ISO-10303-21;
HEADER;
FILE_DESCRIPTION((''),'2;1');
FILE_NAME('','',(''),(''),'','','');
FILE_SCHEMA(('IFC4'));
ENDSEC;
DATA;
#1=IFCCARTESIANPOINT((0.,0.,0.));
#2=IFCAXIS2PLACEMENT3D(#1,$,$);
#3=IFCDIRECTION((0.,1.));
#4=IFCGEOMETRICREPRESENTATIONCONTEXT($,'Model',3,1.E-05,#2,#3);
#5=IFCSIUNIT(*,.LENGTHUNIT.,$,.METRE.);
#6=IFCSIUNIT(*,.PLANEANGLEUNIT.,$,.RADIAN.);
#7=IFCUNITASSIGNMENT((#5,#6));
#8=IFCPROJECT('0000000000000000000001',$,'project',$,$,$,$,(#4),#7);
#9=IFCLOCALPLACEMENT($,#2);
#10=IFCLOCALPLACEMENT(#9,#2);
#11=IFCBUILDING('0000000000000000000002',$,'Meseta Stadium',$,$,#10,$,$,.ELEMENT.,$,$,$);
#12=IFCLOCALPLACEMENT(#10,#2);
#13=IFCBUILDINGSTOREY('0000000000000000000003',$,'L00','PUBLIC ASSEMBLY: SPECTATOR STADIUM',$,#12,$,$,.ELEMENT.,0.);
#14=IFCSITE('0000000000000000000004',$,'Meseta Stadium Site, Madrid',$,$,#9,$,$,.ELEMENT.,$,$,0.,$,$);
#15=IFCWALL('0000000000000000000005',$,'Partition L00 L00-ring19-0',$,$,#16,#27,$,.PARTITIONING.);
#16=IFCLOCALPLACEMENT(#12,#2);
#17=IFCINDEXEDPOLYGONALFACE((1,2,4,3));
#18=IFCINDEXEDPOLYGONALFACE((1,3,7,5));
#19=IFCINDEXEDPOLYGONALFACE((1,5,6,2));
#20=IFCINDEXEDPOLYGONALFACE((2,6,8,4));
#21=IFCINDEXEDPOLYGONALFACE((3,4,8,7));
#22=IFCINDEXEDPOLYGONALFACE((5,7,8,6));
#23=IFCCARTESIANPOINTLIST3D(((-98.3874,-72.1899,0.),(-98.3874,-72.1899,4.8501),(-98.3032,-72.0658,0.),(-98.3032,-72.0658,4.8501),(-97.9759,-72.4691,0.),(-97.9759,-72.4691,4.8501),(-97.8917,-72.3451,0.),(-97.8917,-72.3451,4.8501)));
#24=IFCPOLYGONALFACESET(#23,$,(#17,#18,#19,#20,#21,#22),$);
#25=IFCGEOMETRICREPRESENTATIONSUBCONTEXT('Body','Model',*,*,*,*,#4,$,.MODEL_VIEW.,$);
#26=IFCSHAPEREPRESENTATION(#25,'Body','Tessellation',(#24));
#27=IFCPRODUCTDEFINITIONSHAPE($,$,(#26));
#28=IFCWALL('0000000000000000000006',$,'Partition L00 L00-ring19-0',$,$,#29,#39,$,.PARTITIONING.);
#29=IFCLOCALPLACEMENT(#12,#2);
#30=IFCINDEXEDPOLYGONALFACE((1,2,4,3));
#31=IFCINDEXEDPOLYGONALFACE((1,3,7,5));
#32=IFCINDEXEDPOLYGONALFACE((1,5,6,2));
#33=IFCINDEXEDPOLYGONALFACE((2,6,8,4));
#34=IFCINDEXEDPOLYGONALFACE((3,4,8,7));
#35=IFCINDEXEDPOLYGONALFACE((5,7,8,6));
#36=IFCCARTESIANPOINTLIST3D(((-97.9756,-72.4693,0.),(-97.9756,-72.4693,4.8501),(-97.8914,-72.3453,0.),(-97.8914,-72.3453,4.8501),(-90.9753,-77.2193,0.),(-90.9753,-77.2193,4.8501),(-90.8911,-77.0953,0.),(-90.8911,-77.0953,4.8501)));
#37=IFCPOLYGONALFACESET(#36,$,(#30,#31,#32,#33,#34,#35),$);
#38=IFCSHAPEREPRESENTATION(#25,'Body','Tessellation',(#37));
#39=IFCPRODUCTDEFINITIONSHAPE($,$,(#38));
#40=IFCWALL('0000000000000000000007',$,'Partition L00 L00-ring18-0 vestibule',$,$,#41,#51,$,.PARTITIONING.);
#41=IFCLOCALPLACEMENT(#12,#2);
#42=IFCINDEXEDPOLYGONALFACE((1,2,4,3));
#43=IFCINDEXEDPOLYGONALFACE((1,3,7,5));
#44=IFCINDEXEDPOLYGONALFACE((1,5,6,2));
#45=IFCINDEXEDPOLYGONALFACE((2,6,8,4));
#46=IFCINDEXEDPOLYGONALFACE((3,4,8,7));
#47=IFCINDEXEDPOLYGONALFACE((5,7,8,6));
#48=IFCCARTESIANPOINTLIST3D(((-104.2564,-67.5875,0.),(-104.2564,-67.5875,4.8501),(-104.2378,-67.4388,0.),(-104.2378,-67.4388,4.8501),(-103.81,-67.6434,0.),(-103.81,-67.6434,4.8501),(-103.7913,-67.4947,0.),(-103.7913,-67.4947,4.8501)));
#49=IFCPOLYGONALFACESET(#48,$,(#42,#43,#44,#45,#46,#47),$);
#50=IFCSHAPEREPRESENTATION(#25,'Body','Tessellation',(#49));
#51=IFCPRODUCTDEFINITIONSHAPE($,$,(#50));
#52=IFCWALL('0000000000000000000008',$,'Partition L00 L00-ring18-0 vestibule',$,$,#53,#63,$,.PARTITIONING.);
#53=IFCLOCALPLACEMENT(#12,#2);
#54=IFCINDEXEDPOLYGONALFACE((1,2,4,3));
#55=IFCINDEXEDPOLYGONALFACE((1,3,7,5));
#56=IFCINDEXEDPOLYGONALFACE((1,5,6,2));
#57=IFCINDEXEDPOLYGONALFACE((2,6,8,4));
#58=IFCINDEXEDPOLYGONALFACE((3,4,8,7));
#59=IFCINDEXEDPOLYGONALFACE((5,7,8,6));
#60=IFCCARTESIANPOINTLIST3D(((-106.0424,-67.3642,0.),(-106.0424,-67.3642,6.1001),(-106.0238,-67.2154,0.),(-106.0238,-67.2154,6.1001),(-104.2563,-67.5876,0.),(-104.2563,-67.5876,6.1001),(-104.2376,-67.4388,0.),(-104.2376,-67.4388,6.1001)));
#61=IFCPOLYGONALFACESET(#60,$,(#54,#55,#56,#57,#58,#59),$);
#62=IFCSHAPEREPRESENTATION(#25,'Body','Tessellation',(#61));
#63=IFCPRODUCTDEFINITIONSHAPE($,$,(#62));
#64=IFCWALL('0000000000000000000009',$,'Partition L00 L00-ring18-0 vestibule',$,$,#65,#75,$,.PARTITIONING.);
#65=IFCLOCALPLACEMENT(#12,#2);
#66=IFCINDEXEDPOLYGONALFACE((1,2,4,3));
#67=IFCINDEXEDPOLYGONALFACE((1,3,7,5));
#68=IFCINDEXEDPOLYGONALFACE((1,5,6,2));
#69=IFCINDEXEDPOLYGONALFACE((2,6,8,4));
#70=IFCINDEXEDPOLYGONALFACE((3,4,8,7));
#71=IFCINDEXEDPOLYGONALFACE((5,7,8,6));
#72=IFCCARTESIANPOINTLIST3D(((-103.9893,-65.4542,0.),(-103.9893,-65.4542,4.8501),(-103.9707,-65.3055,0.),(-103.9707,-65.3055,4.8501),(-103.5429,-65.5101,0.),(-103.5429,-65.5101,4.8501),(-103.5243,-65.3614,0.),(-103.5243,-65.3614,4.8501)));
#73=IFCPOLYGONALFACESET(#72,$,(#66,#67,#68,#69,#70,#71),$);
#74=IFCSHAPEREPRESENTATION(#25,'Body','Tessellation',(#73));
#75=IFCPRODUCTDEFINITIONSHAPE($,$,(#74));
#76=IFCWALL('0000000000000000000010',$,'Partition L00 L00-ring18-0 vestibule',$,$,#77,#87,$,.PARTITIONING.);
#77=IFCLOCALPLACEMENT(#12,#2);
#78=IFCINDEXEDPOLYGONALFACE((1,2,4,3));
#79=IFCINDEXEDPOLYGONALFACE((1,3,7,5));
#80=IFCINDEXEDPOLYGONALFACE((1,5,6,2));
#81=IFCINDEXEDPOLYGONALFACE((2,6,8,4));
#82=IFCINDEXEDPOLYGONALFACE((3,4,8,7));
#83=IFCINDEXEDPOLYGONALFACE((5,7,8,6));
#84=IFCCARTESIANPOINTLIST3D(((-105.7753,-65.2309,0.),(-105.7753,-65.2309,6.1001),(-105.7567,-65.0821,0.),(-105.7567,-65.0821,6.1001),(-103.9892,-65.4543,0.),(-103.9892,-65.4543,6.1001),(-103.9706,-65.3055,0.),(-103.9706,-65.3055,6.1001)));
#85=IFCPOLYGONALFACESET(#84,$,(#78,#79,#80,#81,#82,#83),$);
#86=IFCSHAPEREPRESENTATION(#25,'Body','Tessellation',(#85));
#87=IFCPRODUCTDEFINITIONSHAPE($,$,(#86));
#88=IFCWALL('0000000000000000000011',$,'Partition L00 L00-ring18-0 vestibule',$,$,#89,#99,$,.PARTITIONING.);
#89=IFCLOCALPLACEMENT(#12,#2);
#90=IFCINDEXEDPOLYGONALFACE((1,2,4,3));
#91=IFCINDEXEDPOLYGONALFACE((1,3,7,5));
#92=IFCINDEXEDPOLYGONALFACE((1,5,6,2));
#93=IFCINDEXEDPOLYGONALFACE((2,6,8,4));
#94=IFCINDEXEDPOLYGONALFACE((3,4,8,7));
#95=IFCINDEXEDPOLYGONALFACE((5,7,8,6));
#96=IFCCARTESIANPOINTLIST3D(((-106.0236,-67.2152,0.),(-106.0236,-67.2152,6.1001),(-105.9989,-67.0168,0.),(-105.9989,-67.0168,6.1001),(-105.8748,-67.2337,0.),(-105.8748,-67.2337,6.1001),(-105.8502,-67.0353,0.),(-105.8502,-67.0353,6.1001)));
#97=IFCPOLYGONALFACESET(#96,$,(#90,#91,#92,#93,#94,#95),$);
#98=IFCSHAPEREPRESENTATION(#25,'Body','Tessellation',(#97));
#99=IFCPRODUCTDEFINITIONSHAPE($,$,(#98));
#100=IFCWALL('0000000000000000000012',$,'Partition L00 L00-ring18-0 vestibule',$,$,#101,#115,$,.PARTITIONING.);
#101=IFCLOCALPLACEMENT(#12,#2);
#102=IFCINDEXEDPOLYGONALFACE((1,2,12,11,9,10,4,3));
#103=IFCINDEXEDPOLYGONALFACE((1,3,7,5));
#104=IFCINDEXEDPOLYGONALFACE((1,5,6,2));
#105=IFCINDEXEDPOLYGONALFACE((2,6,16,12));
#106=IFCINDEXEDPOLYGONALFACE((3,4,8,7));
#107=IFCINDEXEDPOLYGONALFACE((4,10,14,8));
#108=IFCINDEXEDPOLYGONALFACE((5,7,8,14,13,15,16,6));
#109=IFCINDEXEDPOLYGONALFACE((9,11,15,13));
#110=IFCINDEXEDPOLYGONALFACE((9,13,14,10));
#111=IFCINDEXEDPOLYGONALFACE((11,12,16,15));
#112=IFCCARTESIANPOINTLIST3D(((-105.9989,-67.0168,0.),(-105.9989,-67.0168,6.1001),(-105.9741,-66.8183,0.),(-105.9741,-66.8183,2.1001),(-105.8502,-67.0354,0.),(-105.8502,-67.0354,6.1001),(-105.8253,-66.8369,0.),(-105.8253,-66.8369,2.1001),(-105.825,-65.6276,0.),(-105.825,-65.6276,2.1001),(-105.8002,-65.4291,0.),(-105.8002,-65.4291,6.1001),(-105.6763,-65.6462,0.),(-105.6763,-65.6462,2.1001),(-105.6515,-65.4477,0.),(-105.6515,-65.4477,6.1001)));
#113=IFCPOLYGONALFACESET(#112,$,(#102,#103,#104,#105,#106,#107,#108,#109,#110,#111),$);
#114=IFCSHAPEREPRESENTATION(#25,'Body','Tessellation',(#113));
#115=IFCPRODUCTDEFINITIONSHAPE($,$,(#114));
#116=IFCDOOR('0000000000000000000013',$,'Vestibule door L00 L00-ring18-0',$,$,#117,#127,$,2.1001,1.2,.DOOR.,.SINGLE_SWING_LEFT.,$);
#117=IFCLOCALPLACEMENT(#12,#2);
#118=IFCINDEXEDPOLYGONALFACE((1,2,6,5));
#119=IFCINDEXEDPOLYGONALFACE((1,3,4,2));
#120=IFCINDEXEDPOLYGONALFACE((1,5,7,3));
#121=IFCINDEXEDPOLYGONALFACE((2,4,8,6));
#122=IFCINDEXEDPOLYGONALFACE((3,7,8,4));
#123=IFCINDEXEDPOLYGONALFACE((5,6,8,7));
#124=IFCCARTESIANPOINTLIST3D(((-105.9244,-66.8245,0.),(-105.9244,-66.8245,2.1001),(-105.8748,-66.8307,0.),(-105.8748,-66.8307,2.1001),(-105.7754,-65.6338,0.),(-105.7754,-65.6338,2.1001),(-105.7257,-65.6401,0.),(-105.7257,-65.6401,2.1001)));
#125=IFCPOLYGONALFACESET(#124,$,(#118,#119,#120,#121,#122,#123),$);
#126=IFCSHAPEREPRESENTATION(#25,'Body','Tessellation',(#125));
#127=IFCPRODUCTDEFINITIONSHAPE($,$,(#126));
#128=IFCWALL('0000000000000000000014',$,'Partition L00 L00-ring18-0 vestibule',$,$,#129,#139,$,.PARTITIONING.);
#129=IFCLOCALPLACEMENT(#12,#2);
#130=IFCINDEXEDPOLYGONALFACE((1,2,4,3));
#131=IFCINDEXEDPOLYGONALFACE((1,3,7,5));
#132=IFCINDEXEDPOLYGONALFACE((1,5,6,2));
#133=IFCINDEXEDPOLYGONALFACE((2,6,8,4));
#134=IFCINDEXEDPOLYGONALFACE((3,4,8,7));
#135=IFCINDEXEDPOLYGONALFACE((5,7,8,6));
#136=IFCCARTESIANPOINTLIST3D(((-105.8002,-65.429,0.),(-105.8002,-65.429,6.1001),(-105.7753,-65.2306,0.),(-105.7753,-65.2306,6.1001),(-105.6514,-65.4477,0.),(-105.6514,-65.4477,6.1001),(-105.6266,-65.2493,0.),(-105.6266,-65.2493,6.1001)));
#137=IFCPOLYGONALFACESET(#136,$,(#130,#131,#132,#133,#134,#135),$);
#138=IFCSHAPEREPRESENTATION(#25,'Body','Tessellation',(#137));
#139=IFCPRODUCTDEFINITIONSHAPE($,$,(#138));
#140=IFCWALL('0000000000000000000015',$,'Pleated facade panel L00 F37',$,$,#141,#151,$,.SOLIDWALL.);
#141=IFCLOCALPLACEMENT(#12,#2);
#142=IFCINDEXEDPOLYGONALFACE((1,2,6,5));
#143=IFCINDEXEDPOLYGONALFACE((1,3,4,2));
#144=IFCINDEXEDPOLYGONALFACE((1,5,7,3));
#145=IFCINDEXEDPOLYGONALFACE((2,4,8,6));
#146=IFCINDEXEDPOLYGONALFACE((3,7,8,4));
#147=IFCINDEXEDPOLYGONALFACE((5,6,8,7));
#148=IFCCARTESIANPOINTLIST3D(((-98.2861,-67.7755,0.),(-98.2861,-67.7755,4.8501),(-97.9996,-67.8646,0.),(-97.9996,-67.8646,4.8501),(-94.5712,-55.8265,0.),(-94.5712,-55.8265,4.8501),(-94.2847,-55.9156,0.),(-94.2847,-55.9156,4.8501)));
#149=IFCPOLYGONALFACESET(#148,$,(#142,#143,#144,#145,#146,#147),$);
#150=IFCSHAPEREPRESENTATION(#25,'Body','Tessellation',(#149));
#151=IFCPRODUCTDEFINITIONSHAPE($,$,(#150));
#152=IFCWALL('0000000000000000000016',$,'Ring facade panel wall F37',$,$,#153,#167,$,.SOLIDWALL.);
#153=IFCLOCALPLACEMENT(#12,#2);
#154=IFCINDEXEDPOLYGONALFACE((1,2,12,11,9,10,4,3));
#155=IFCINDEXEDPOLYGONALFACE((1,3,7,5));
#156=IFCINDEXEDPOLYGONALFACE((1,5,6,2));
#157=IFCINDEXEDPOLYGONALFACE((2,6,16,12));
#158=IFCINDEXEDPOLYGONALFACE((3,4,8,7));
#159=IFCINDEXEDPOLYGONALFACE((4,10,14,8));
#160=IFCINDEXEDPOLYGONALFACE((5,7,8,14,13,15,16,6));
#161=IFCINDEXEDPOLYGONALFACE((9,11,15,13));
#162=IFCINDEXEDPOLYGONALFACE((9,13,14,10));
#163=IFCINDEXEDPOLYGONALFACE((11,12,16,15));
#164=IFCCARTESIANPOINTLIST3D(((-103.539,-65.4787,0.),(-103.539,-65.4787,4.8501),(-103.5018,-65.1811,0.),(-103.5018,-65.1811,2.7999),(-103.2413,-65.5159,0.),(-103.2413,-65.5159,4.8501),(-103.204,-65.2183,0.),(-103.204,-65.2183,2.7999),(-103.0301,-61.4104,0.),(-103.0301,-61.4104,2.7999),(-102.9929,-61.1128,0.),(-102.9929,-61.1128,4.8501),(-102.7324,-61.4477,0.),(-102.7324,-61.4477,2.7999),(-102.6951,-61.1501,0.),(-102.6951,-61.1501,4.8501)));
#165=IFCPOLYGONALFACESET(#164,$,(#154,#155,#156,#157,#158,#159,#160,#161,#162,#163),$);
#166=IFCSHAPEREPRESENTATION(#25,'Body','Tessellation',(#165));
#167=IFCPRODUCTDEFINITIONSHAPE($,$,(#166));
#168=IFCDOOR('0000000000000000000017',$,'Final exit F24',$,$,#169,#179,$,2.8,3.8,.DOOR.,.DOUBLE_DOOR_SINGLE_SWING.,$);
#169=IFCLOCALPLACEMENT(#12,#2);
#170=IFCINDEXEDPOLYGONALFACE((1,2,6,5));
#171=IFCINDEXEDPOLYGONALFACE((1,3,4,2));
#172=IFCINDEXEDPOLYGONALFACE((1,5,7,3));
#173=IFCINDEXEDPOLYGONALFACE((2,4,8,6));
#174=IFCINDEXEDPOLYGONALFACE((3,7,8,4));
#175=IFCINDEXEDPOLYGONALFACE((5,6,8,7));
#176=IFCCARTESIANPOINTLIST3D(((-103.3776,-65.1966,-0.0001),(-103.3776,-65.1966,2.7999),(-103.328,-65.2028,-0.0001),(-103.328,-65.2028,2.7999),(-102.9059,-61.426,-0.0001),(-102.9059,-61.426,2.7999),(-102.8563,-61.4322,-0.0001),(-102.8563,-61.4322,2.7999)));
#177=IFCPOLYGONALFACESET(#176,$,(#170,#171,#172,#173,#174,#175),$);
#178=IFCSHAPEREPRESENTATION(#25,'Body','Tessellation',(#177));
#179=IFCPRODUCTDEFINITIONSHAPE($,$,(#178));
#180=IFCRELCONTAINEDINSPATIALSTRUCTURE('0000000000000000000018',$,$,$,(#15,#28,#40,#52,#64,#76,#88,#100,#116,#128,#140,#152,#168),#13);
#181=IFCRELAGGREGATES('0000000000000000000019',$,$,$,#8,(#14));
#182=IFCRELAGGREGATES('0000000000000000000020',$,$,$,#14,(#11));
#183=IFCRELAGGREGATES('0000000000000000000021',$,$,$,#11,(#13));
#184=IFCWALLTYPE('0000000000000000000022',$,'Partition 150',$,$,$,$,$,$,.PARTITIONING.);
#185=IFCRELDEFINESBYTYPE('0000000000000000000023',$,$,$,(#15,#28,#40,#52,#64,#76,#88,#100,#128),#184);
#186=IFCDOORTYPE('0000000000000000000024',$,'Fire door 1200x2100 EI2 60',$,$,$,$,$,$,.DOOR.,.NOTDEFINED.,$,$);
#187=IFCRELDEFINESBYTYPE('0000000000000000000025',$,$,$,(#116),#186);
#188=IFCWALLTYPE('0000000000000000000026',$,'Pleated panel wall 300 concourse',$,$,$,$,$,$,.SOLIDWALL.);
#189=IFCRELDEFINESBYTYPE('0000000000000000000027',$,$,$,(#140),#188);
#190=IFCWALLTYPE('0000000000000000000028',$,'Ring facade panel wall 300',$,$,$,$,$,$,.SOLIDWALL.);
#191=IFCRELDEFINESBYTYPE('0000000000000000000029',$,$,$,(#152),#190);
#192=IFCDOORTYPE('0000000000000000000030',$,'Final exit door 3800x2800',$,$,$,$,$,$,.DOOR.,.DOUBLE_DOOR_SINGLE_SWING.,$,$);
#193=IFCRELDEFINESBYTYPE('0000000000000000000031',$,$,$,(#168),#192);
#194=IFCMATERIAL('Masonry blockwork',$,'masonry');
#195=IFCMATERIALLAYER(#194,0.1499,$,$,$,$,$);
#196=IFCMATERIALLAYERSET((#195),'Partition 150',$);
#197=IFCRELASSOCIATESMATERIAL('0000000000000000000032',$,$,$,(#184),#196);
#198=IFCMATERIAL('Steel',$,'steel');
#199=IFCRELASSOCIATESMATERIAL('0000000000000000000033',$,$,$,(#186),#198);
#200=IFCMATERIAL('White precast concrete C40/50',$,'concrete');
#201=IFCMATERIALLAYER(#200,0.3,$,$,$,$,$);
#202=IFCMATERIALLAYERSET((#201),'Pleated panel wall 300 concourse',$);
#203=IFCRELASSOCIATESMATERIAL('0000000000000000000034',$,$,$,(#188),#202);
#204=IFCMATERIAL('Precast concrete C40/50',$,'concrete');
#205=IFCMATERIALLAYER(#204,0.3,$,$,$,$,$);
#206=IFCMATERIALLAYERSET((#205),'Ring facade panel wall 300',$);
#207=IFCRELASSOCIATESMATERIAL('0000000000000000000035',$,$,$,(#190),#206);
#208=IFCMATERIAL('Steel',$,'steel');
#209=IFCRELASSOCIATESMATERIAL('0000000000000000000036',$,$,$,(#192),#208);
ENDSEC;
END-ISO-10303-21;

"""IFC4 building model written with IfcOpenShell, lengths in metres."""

from ifc_helpers import new_model, si_unit, direction, frame, frame_2d, origin, place, context, subcontext, project, spatial, rectangle, extrude, material, layer, layer_set, type_object, element, fill, save


model = new_model("IFC4")

# Units and contexts
model_context = context("Model", 3, precision=1e-05, world=origin(), true_north=direction((0.0, 1.0)))
body_context = subcontext(model_context, "Body", "Model", "MODEL_VIEW")
ifc_project = project(units=[si_unit("LENGTHUNIT", "METRE"), si_unit("PLANEANGLEUNIT", "RADIAN")], contexts=[model_context])

# Site, building, storey
site_placement = place(None, origin())
site = spatial("IfcSite", under=ifc_project, at=site_placement, Name="Meseta Stadium Site, Madrid", CompositionType="ELEMENT", RefElevation=0.0)
building_placement = place(site_placement, origin())
building = spatial("IfcBuilding", under=site, at=building_placement, Name="Meseta Stadium", CompositionType="ELEMENT")
storey_placement = place(building_placement, origin())
storey = spatial("IfcBuildingStorey", under=building, at=storey_placement, Name="L00", Description="PUBLIC ASSEMBLY: SPECTATOR STADIUM", CompositionType="ELEMENT", Elevation=0.0)

# Walls
ifc_material_1 = material(Name="Masonry blockwork", Category="masonry")
ifc_layer_1 = layer(ifc_material_1, 0.1499)
ifc_layer_set_1 = layer_set([ifc_layer_1], Name="Partition 150")
wall_type_1 = type_object("IfcWallType", Name="Partition 150", PredefinedType="PARTITIONING", material=ifc_layer_set_1)
wall_1_placement = place(storey_placement, frame((-98.3452, -72.1279, 0.0), z_axis=(0.0, 0.0, 1.0), x_axis=(0.827492, -0.561477, 0.0)))
element("IfcWall", 1, at=wall_1_placement, inside=storey, type_object=wall_type_1, Name="Partition L00 L00-ring19-0", PredefinedType="PARTITIONING", context=body_context, shape_type="SweptSolid", body=[
    extrude(rectangle(XDim=0.4973, YDim=0.1499, at=frame_2d((0.2485, 0.0))), origin(), (0.0, 0.0, 1.0), 4.8501),
])
wall_2_placement = place(storey_placement, frame((-97.9336, -72.4072, 0.0), z_axis=(0.0, 0.0, 1.0), x_axis=(0.827485, -0.561488, 0.0)))
element("IfcWall", 2, at=wall_2_placement, inside=storey, type_object=wall_type_1, Name="Partition L00 L00-ring19-0", PredefinedType="PARTITIONING", context=body_context, shape_type="SweptSolid", body=[
    extrude(rectangle(XDim=8.4597, YDim=0.1499, at=frame_2d((4.23, 0.0))), origin(), (0.0, 0.0, 1.0), 4.8501),
])
wall_3_placement = place(storey_placement, frame((-103.8005, -67.5691, 0.0), z_axis=(0.0, 0.0, 1.0), x_axis=(-0.992253, 0.124235, 0.0)))
element("IfcWall", 3, at=wall_3_placement, inside=storey, type_object=wall_type_1, Name="Partition L00 L00-ring18-0 vestibule", PredefinedType="PARTITIONING", context=body_context, shape_type="SweptSolid", body=[
    extrude(rectangle(XDim=0.45, YDim=0.1499, at=frame_2d((0.2251, 0.0))), origin(), (0.0, 0.0, 1.0), 4.8501),
])
wall_4_placement = place(storey_placement, frame((-104.2471, -67.5132, 0.0), z_axis=(0.0, 0.0, 1.0), x_axis=(-0.99227, 0.124102, 0.0)))
element("IfcWall", 4, at=wall_4_placement, inside=storey, type_object=wall_type_1, Name="Partition L00 L00-ring18-0 vestibule", PredefinedType="PARTITIONING", context=body_context, shape_type="SweptSolid", body=[
    extrude(rectangle(XDim=1.8, YDim=0.1499, at=frame_2d((0.8999, 0.0))), origin(), (0.0, 0.0, 1.0), 6.1001),
])
wall_5_placement = place(storey_placement, frame((-103.5334, -65.4358, 0.0), z_axis=(0.0, 0.0, 1.0), x_axis=(-0.992253, 0.124235, 0.0)))
element("IfcWall", 5, at=wall_5_placement, inside=storey, type_object=wall_type_1, Name="Partition L00 L00-ring18-0 vestibule", PredefinedType="PARTITIONING", context=body_context, shape_type="SweptSolid", body=[
    extrude(rectangle(XDim=0.45, YDim=0.1499, at=frame_2d((0.2251, 0.0))), origin(), (0.0, 0.0, 1.0), 4.8501),
])
wall_6_placement = place(storey_placement, frame((-103.98, -65.3799, 0.0), z_axis=(0.0, 0.0, 1.0), x_axis=(-0.99227, 0.124102, 0.0)))
element("IfcWall", 6, at=wall_6_placement, inside=storey, type_object=wall_type_1, Name="Partition L00 L00-ring18-0 vestibule", PredefinedType="PARTITIONING", context=body_context, shape_type="SweptSolid", body=[
    extrude(rectangle(XDim=1.8, YDim=0.1499, at=frame_2d((0.8999, 0.0))), origin(), (0.0, 0.0, 1.0), 6.1001),
])
wall_7_placement = place(storey_placement, frame((-105.9492, -67.2246, 0.0), z_axis=(0.0, 0.0, 1.0), x_axis=(0.123284, 0.992371, 0.0)))
element("IfcWall", 7, at=wall_7_placement, inside=storey, type_object=wall_type_1, Name="Partition L00 L00-ring18-0 vestibule", PredefinedType="PARTITIONING", context=body_context, shape_type="SweptSolid", body=[
    extrude(rectangle(XDim=0.2, YDim=0.1499, at=frame_2d((0.1001, 0.0))), origin(), (0.0, 0.0, 1.0), 6.1001),
])

# Wall, opening, door
wall_8_placement = place(storey_placement, frame((-105.9246, -67.0261, 0.0), z_axis=(0.0, 0.0, 1.0), x_axis=(0.124204, 0.992257, 0.0)))
wall_8 = element("IfcWall", 8, at=wall_8_placement, inside=storey, type_object=wall_type_1, Name="Partition L00 L00-ring18-0 vestibule", PredefinedType="PARTITIONING", context=body_context, shape_type="SweptSolid", body=[
    extrude(rectangle(XDim=1.6001, YDim=0.1499, at=frame_2d((0.8, 0.0))), origin(), (0.0, 0.0, 1.0), 6.1001),
])
opening_1_placement = place(wall_8_placement, frame((0.2, 0.0, 0.0)))
opening_1 = element("IfcOpeningElement", 9, at=opening_1_placement, cuts=wall_8, PredefinedType="OPENING", context=body_context, shape_type="SweptSolid", body=[
    extrude(rectangle(XDim=1.2, YDim=2.1001, at=frame_2d((0.6001, 1.05))), frame((0.0, 0.085, 0.0), z_axis=(0.0, -1.0, 0.0), x_axis=(1.0, 0.0, 0.0)), (0.0, 0.0, 1.0), 0.1699),
])
ifc_material_2 = material(Name="Steel", Category="steel")
door_type_1 = type_object("IfcDoorType", Name="Fire door 1200x2100 EI2 60", OperationType="NOTDEFINED", PredefinedType="DOOR", material=ifc_material_2)
door_1_placement = place(opening_1_placement, origin())
door_1 = element("IfcDoor", 10, at=door_1_placement, inside=storey, type_object=door_type_1, Name="Vestibule door L00 L00-ring18-0", OperationType="SINGLE_SWING_LEFT", OverallHeight=2.1001, OverallWidth=1.2, PredefinedType="DOOR", context=body_context, shape_type="SweptSolid", body=[
    extrude(rectangle(XDim=1.2, YDim=2.1001, at=frame_2d((0.6001, 1.05))), frame((0.0, 0.0249, 0.0), z_axis=(0.0, -1.0, 0.0), x_axis=(1.0, 0.0, 0.0)), (0.0, 0.0, 1.0), 0.05),
])
fill(opening_1, door_1)

# Walls
wall_9_placement = place(storey_placement, frame((-105.7258, -65.4385, 0.0), z_axis=(0.0, 0.0, 1.0), x_axis=(0.124485, 0.992221, 0.0)))
element("IfcWall", 11, at=wall_9_placement, inside=storey, type_object=wall_type_1, Name="Partition L00 L00-ring18-0 vestibule", PredefinedType="PARTITIONING", context=body_context, shape_type="SweptSolid", body=[
    extrude(rectangle(XDim=0.2, YDim=0.1499, at=frame_2d((0.1001, 0.0))), origin(), (0.0, 0.0, 1.0), 6.1001),
])
ifc_material_3 = material(Name="White precast concrete C40/50", Category="concrete")
ifc_layer_2 = layer(ifc_material_3, 0.3)
ifc_layer_set_2 = layer_set([ifc_layer_2], Name="Pleated panel wall 300 concourse")
wall_type_2 = type_object("IfcWallType", Name="Pleated panel wall 300 concourse", PredefinedType="SOLIDWALL", material=ifc_layer_set_2)
wall_10_placement = place(storey_placement, frame((-98.1428, -67.8201, 0.0), z_axis=(0.0, 0.0, 1.0), x_axis=(0.296876, 0.954916, 0.0)))
element("IfcWall", 12, at=wall_10_placement, inside=storey, type_object=wall_type_2, Name="Pleated facade panel L00 F37", PredefinedType="SOLIDWALL", context=body_context, shape_type="SweptSolid", body=[
    extrude(rectangle(XDim=12.5132, YDim=0.3, at=frame_2d((6.2566, 0.0))), origin(), (0.0, 0.0, 1.0), 4.8501),
])

# Wall, opening, door
ifc_material_4 = material(Name="Precast concrete C40/50", Category="concrete")
ifc_layer_3 = layer(ifc_material_4, 0.3)
ifc_layer_set_3 = layer_set([ifc_layer_3], Name="Ring facade panel wall 300")
wall_type_3 = type_object("IfcWallType", Name="Ring facade panel wall 300", PredefinedType="SOLIDWALL", material=ifc_layer_set_3)
wall_11_placement = place(storey_placement, frame((-103.3901, -65.4973, 0.0), z_axis=(0.0, 0.0, 1.0), x_axis=(0.124124, 0.992267, 0.0)))
wall_11 = element("IfcWall", 13, at=wall_11_placement, inside=storey, type_object=wall_type_3, Name="Ring facade panel wall F37", PredefinedType="SOLIDWALL", context=body_context, shape_type="SweptSolid", body=[
    extrude(rectangle(XDim=4.3999, YDim=0.3, at=frame_2d((2.2, 0.0))), origin(), (0.0, 0.0, 1.0), 4.8501),
])
opening_2_placement = place(wall_11_placement, frame((0.3, 0.0, 0.0)))
opening_2 = element("IfcOpeningElement", 14, at=opening_2_placement, cuts=wall_11, PredefinedType="OPENING", context=body_context, shape_type="SweptSolid", body=[
    extrude(rectangle(XDim=3.8, YDim=2.8, at=frame_2d((1.8999, 1.3999))), frame((0.0, 0.1599, 0.0), z_axis=(0.0, -1.0, 0.0), x_axis=(1.0, 0.0, 0.0)), (0.0, 0.0, 1.0), 0.3201),
])
ifc_material_5 = material(Name="Steel", Category="steel")
door_type_2 = type_object("IfcDoorType", Name="Final exit door 3800x2800", OperationType="DOUBLE_DOOR_SINGLE_SWING", PredefinedType="DOOR", material=ifc_material_5)
door_2_placement = place(opening_2_placement, origin())
door_2 = element("IfcDoor", 15, at=door_2_placement, inside=storey, type_object=door_type_2, Name="Final exit F24", OperationType="DOUBLE_DOOR_SINGLE_SWING", OverallHeight=2.8, OverallWidth=3.8, PredefinedType="DOOR", context=body_context, shape_type="SweptSolid", body=[
    extrude(rectangle(XDim=3.8, YDim=2.8, at=frame_2d((1.8999, 1.3999))), frame((0.0, 0.0249, 0.0), z_axis=(0.0, -1.0, 0.0), x_axis=(1.0, 0.0, 0.0)), (0.0, 0.0, 1.0), 0.05),
])
fill(opening_2, door_2)

save(model, "model.ifc")
